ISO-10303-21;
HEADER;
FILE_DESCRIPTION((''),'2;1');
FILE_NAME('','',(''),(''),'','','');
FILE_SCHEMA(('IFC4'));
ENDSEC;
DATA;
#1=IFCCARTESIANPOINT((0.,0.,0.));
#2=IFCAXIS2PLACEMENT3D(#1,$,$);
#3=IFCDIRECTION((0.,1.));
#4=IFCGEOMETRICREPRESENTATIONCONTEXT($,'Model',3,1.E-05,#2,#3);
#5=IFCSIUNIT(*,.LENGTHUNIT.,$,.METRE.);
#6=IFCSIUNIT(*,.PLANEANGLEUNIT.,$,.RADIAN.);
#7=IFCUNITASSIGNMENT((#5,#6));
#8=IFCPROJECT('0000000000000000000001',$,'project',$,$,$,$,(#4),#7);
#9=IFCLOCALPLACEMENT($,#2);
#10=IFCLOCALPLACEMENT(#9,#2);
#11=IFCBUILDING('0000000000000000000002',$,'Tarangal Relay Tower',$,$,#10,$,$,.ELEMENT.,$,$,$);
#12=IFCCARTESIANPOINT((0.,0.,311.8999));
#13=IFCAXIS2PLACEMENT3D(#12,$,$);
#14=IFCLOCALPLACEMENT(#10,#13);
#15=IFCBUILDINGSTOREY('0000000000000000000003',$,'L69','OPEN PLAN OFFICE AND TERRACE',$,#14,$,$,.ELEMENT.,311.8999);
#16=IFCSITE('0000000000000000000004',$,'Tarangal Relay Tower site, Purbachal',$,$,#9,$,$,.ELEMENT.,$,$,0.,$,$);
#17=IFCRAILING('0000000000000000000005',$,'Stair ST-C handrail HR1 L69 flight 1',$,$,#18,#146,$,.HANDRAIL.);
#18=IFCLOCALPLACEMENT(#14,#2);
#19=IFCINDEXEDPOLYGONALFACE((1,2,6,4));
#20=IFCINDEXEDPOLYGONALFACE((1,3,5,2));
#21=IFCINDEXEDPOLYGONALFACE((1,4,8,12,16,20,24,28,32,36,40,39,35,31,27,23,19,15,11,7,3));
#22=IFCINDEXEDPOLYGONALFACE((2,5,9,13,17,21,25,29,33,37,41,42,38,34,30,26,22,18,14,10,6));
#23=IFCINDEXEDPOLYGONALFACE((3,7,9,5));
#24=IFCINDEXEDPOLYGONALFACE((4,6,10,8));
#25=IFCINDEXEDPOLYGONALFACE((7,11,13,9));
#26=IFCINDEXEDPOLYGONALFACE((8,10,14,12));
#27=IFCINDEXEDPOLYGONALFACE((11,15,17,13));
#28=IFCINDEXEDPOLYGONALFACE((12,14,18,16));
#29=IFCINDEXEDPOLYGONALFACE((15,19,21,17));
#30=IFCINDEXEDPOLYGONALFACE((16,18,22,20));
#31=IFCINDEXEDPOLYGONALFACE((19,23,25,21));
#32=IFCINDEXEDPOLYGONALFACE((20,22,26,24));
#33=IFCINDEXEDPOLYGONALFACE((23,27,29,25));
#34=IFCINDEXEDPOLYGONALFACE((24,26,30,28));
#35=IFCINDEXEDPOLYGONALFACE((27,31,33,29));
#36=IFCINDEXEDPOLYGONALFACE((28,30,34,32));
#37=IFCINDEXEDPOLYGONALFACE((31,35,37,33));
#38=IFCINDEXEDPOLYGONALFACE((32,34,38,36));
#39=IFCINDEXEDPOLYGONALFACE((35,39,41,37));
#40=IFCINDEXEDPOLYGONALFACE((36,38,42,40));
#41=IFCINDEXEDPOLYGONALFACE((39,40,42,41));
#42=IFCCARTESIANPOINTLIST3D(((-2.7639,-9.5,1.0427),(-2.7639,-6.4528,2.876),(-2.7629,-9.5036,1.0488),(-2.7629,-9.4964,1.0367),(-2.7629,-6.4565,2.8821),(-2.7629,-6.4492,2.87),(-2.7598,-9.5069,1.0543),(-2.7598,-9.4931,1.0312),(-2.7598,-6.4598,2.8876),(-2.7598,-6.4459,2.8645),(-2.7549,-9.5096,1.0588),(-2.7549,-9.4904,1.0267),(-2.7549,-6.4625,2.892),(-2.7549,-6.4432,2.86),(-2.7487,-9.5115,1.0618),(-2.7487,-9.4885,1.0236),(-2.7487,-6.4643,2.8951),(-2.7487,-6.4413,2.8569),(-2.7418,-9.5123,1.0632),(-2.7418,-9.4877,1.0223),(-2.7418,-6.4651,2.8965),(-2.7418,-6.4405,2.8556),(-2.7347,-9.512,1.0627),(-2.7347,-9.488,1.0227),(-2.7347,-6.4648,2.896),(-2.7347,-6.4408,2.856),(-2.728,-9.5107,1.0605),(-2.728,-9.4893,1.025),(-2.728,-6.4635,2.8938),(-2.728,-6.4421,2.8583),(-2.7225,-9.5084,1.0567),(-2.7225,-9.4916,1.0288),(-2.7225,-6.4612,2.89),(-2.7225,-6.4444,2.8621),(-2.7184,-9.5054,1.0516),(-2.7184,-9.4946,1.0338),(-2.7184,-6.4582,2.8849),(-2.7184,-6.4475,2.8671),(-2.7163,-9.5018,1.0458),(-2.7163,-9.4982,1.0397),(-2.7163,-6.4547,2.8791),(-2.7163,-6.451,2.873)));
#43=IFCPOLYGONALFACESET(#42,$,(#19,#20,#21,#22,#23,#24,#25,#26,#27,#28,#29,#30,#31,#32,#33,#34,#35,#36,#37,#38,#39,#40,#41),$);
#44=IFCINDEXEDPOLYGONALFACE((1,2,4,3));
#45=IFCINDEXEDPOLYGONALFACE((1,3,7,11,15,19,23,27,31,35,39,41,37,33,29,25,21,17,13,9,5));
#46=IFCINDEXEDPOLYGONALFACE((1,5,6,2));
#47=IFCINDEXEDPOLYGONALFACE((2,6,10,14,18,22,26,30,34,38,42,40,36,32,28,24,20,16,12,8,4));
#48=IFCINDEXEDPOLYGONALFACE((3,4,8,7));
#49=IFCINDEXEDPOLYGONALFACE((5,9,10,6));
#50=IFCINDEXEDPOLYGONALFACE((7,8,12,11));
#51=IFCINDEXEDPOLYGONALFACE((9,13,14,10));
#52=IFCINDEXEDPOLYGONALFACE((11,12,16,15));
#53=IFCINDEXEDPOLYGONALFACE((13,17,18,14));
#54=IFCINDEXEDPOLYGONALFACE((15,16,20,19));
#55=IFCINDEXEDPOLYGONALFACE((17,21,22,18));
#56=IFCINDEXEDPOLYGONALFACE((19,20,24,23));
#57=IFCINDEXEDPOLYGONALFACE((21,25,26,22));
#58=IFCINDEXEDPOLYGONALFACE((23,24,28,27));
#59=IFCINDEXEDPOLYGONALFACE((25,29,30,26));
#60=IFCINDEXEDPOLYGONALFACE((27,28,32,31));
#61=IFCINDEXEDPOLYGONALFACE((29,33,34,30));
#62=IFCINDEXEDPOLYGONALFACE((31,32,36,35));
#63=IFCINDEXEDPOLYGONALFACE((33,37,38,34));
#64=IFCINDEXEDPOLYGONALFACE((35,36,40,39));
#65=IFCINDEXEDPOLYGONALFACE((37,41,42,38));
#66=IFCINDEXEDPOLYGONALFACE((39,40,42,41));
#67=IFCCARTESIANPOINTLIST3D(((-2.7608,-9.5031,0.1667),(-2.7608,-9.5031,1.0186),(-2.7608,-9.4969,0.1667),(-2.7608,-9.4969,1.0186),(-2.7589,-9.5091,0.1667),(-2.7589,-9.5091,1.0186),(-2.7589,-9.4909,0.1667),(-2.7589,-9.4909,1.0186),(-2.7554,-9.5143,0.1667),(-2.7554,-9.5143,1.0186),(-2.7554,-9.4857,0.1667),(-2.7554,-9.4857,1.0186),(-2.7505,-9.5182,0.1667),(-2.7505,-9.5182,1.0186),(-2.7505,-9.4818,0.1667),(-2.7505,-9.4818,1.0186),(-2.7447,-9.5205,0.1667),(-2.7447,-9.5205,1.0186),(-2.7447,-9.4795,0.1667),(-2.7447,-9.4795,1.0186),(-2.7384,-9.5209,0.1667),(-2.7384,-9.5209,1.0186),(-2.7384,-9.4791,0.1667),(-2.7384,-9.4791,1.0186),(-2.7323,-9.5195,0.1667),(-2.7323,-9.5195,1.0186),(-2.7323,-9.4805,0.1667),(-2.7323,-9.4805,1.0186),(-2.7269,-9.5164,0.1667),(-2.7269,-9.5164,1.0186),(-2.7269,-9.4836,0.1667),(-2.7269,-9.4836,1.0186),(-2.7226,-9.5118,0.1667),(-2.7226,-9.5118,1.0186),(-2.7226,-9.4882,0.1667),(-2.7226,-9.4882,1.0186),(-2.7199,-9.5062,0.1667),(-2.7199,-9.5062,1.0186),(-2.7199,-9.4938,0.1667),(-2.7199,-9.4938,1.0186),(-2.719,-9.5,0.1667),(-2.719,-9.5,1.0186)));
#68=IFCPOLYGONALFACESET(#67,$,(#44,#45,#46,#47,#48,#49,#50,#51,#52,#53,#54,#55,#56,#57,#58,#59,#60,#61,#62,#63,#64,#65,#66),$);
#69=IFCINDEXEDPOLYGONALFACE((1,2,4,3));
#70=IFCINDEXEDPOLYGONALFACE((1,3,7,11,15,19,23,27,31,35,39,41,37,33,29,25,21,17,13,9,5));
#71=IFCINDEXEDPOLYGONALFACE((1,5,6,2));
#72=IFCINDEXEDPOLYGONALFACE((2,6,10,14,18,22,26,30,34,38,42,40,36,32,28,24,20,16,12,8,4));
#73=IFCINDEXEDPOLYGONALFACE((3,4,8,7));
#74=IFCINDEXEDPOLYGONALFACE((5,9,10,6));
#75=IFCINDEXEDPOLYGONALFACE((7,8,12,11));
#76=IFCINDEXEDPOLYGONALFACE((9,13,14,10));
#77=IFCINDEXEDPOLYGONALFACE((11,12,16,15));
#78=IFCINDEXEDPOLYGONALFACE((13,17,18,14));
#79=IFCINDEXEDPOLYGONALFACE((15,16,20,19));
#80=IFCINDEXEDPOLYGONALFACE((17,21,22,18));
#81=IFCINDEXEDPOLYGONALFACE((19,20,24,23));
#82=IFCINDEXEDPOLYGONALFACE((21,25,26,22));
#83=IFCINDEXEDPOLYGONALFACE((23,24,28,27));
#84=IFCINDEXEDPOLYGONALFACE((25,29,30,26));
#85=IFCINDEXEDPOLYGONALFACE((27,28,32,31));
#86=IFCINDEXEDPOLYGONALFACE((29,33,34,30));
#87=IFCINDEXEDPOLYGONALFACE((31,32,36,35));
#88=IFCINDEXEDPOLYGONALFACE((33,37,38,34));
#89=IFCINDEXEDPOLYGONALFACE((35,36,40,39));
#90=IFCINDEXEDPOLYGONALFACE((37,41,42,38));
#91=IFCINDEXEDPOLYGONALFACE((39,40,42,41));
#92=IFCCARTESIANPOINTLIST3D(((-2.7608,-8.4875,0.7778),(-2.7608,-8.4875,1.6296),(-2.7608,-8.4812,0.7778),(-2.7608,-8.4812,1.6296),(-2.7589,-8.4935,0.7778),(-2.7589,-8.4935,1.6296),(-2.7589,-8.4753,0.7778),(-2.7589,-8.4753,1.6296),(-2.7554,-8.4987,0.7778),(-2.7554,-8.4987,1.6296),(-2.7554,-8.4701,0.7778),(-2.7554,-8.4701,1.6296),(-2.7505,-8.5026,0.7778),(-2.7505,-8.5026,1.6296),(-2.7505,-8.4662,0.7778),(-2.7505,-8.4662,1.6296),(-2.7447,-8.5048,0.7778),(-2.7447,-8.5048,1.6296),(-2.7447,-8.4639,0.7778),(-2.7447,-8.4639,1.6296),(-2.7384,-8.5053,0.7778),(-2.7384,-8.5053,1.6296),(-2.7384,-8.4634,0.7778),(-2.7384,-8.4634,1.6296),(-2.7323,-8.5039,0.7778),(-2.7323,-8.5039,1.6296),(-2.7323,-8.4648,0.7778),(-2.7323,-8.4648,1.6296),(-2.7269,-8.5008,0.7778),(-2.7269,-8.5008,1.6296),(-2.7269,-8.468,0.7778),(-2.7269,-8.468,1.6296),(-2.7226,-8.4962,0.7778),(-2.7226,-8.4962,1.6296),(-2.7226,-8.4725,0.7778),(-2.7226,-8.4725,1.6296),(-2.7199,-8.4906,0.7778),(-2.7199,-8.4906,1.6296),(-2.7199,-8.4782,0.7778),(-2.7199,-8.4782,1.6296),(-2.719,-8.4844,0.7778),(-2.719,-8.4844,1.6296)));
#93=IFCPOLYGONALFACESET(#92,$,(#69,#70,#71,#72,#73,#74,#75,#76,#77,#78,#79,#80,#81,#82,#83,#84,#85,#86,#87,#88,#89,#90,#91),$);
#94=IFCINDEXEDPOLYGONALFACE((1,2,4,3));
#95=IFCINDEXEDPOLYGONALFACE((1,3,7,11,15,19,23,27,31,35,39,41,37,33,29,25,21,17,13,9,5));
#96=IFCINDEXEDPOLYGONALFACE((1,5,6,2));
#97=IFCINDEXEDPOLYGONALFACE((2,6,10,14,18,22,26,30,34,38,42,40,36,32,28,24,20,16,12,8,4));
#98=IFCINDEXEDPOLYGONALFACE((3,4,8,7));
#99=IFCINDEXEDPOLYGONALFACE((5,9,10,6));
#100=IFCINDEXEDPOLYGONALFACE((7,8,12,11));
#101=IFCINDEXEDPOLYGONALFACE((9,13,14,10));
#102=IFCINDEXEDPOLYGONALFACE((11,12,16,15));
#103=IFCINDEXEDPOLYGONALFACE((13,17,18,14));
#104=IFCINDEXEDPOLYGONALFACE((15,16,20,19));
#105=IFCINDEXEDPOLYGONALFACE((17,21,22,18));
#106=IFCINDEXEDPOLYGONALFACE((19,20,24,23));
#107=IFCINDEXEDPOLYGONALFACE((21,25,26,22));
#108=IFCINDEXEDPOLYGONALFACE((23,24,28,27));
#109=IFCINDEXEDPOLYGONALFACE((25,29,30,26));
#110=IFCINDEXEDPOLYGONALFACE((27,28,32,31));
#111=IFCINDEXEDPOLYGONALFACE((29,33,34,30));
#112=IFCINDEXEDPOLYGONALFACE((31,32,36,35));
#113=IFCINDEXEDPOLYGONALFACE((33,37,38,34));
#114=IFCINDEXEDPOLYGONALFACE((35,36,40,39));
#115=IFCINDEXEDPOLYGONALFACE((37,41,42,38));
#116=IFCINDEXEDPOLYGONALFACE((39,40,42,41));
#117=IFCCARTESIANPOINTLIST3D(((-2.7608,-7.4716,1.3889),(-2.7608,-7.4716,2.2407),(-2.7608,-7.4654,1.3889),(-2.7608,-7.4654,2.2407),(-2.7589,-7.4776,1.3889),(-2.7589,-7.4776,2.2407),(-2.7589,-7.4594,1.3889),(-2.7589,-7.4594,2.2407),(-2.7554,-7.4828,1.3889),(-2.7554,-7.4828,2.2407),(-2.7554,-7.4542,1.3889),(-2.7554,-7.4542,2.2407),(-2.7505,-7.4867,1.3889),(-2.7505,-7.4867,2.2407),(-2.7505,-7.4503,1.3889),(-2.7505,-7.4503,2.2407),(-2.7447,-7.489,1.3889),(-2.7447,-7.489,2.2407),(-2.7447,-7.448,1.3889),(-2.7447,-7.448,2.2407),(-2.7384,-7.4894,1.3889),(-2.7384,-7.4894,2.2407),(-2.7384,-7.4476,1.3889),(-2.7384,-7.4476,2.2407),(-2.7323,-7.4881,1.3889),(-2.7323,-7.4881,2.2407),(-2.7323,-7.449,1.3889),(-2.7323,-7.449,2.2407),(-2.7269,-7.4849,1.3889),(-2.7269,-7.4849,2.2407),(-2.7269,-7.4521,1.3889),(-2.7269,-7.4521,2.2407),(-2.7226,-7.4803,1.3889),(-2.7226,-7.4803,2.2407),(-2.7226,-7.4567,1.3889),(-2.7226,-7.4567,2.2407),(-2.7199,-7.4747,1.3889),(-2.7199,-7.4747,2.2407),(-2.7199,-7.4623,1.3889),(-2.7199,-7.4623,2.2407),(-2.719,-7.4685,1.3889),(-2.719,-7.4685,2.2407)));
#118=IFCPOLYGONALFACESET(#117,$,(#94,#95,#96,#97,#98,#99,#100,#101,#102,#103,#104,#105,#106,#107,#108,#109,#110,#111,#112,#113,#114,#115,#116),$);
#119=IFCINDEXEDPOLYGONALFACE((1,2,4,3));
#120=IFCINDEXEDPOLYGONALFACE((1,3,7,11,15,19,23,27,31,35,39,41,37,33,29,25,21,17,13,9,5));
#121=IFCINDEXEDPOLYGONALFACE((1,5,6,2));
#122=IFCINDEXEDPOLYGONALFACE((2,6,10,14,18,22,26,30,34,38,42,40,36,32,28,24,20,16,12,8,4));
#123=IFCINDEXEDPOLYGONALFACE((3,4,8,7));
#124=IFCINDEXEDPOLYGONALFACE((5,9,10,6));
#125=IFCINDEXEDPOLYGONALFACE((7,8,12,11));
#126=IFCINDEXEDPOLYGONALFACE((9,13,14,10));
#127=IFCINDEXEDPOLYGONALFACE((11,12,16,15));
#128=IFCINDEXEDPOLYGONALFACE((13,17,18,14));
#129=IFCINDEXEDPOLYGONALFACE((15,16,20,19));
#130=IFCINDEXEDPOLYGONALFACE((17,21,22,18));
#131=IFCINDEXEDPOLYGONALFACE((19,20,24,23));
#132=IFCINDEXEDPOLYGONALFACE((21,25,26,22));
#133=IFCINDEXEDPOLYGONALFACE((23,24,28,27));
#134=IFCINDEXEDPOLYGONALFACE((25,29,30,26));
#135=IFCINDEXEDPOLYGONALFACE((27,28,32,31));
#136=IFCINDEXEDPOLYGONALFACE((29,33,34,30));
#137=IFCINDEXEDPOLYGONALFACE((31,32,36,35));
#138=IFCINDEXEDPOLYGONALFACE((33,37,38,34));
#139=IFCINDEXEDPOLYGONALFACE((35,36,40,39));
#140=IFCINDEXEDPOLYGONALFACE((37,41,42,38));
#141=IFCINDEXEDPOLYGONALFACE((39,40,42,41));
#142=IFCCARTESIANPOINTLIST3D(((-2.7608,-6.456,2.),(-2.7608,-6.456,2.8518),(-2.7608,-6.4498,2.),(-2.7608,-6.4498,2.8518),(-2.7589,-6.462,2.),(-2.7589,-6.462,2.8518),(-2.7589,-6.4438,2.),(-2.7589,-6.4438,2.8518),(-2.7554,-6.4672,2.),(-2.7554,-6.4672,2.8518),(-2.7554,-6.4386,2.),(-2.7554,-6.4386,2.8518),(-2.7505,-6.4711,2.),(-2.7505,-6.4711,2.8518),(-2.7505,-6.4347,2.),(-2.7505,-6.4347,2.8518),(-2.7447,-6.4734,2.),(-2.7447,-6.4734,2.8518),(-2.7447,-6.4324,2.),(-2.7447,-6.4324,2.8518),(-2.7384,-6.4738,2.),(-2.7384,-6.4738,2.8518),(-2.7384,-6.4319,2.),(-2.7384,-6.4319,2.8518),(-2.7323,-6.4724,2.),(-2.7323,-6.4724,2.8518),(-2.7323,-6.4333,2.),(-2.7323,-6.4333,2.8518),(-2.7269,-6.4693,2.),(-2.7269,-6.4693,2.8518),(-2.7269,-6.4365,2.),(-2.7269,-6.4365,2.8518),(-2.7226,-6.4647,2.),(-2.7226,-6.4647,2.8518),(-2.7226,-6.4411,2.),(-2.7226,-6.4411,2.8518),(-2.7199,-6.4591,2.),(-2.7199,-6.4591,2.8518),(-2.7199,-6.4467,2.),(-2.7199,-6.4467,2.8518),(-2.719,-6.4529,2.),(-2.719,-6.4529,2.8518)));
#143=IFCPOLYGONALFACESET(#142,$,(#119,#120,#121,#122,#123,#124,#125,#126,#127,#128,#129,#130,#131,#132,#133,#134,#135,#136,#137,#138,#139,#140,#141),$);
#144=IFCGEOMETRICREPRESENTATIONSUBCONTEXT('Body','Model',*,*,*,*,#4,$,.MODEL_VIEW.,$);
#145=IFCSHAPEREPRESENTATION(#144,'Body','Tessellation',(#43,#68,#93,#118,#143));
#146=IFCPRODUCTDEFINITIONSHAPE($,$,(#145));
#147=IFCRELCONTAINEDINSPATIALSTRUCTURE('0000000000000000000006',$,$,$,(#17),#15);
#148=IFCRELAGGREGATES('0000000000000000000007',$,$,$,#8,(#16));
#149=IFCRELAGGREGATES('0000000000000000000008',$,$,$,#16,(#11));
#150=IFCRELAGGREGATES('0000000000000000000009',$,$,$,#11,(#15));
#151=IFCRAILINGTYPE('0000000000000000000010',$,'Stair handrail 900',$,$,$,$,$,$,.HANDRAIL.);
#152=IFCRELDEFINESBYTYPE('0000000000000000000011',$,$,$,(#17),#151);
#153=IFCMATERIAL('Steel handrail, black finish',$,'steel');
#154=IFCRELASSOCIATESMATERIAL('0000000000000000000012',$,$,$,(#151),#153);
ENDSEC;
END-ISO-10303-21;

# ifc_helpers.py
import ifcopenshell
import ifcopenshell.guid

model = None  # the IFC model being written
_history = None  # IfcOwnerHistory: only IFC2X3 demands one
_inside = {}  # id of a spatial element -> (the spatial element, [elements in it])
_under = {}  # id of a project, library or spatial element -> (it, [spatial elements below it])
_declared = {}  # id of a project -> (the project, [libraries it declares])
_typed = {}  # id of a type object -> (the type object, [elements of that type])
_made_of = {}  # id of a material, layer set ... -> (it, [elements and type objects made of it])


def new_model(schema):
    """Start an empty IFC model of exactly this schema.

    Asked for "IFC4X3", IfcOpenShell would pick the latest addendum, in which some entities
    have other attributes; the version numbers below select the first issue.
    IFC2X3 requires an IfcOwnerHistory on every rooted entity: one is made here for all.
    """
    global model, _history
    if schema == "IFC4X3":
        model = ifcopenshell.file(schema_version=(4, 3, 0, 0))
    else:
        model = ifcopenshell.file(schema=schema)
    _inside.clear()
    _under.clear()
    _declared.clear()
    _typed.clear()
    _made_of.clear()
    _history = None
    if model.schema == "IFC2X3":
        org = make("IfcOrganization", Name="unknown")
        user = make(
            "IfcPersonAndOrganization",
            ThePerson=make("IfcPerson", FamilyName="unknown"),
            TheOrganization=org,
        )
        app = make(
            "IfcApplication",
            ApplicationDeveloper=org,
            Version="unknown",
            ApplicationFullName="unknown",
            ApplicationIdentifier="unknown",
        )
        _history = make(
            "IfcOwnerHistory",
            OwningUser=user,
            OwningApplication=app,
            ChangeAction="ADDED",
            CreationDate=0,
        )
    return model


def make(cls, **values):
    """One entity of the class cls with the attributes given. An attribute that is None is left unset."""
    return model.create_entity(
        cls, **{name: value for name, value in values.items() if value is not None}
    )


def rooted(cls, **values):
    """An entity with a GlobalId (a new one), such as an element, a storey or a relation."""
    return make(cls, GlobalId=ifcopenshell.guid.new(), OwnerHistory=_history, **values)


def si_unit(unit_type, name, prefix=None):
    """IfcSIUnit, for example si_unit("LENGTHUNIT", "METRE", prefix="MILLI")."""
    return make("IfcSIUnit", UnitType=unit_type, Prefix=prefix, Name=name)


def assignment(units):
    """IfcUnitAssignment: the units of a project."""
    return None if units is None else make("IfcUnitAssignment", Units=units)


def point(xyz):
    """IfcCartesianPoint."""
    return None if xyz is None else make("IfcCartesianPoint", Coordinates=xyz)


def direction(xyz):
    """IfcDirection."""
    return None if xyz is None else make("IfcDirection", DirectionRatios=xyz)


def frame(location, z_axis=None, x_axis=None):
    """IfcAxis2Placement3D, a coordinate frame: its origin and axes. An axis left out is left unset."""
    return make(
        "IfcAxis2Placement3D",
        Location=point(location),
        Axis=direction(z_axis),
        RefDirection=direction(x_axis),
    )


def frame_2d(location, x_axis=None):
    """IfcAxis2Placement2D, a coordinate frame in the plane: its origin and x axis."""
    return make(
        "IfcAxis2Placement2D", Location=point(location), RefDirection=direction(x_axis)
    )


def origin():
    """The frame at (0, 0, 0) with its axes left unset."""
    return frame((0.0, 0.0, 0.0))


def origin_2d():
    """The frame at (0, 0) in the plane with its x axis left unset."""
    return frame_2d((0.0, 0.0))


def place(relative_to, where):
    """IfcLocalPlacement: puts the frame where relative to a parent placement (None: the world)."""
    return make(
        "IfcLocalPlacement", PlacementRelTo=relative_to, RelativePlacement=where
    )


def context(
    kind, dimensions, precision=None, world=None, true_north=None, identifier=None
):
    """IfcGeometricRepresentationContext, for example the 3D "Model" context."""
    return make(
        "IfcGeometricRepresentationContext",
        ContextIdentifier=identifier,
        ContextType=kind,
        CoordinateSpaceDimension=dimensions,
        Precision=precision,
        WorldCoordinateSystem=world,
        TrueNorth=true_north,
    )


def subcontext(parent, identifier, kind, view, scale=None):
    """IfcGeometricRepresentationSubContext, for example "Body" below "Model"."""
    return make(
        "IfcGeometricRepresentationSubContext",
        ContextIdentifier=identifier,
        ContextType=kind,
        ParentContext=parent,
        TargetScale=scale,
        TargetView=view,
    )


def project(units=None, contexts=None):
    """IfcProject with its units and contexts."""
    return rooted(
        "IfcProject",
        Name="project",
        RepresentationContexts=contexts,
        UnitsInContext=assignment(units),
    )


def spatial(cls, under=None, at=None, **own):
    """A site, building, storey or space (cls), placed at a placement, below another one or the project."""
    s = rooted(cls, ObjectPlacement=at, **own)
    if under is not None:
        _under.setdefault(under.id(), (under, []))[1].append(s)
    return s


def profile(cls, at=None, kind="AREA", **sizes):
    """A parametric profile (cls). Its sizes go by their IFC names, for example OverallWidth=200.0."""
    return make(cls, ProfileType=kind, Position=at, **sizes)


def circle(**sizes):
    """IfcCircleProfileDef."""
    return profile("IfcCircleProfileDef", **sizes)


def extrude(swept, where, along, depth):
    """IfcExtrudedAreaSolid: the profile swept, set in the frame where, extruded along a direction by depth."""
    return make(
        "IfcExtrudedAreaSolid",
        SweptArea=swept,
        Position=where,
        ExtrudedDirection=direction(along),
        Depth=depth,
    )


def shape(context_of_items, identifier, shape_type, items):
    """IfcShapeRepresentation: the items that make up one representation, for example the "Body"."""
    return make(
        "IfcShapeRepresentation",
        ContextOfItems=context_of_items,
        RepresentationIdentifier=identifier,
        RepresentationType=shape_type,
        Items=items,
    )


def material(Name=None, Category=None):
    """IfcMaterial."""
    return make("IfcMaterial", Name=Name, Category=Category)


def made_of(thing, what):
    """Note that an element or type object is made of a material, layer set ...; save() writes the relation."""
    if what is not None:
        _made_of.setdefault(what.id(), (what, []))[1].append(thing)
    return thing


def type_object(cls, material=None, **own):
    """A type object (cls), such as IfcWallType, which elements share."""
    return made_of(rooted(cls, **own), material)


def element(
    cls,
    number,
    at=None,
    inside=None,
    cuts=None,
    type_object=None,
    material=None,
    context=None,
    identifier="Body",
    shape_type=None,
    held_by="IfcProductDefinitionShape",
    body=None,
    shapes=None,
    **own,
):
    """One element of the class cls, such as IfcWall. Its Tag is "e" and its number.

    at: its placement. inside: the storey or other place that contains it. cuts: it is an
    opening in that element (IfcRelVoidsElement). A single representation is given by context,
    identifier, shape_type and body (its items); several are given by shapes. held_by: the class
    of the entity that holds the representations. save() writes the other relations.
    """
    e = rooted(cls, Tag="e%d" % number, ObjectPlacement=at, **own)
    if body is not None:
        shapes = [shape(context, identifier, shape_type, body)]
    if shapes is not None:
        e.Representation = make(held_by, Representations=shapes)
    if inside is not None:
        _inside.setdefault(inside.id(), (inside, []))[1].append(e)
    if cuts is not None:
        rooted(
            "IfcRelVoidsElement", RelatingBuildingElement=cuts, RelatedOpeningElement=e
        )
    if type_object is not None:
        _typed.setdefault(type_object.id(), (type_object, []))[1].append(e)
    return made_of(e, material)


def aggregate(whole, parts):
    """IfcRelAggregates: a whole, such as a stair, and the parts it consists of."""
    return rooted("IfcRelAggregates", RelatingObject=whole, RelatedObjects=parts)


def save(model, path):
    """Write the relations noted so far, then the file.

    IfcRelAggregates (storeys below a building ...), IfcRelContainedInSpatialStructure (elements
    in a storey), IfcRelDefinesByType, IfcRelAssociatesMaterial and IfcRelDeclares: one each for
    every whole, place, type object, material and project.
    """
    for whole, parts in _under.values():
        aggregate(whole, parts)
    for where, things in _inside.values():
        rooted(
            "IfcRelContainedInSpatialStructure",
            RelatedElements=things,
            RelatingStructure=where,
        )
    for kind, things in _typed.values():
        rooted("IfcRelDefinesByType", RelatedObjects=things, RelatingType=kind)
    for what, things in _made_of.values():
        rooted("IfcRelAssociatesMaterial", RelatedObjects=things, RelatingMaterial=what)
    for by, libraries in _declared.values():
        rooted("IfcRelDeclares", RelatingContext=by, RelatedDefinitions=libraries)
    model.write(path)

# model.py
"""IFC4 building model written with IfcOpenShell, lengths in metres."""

from ifc_helpers import new_model, si_unit, direction, frame, origin, origin_2d, place, context, subcontext, project, spatial, circle, extrude, material, type_object, element, save


model = new_model("IFC4")

# Units and contexts
model_context = context("Model", 3, precision=1e-05, world=origin(), true_north=direction((0.0, 1.0)))
body_context = subcontext(model_context, "Body", "Model", "MODEL_VIEW")
ifc_project = project(units=[si_unit("LENGTHUNIT", "METRE"), si_unit("PLANEANGLEUNIT", "RADIAN")], contexts=[model_context])

# Site, building, storey
site_placement = place(None, origin())
site = spatial("IfcSite", under=ifc_project, at=site_placement, Name="Tarangal Relay Tower site, Purbachal", CompositionType="ELEMENT", RefElevation=0.0)
building_placement = place(site_placement, origin())
building = spatial("IfcBuilding", under=site, at=building_placement, Name="Tarangal Relay Tower", CompositionType="ELEMENT")
storey_placement = place(building_placement, frame((0.0, 0.0, 311.8999)))
storey = spatial("IfcBuildingStorey", under=building, at=storey_placement, Name="L69", Description="OPEN PLAN OFFICE AND TERRACE", CompositionType="ELEMENT", Elevation=311.8999)

# Railing
ifc_material_1 = material(Name="Steel handrail, black finish", Category="steel")
railing_type_1 = type_object("IfcRailingType", Name="Stair handrail 900", PredefinedType="HANDRAIL", material=ifc_material_1)
railing_1_placement = place(storey_placement, frame((-2.74, -9.5, 0.1667)))
element("IfcRailing", 1, at=railing_1_placement, inside=storey, type_object=railing_type_1, Name="Stair ST-C handrail HR1 L69 flight 1", PredefinedType="HANDRAIL", context=body_context, shape_type="SweptSolid", body=[
    extrude(circle(Radius=0.0239, at=origin_2d()), frame((0.0, 0.0, 0.876), z_axis=(0.0, 0.856874, 0.515525), x_axis=(-1.0, 0.0, 0.0)), (0.0, 0.0, 1.0), 3.5562),
    extrude(circle(Radius=0.021, at=origin_2d()), origin(), (0.0, 0.0, 1.0), 0.8518),
    extrude(circle(Radius=0.021, at=origin_2d()), frame((0.0, 1.0156, 0.6111)), (0.0, 0.0, 1.0), 0.8518),
    extrude(circle(Radius=0.021, at=origin_2d()), frame((0.0, 2.0315, 1.2222)), (0.0, 0.0, 1.0), 0.8518),
    extrude(circle(Radius=0.021, at=origin_2d()), frame((0.0, 3.0471, 1.8333)), (0.0, 0.0, 1.0), 0.8518),
])

save(model, "model.ifc")
